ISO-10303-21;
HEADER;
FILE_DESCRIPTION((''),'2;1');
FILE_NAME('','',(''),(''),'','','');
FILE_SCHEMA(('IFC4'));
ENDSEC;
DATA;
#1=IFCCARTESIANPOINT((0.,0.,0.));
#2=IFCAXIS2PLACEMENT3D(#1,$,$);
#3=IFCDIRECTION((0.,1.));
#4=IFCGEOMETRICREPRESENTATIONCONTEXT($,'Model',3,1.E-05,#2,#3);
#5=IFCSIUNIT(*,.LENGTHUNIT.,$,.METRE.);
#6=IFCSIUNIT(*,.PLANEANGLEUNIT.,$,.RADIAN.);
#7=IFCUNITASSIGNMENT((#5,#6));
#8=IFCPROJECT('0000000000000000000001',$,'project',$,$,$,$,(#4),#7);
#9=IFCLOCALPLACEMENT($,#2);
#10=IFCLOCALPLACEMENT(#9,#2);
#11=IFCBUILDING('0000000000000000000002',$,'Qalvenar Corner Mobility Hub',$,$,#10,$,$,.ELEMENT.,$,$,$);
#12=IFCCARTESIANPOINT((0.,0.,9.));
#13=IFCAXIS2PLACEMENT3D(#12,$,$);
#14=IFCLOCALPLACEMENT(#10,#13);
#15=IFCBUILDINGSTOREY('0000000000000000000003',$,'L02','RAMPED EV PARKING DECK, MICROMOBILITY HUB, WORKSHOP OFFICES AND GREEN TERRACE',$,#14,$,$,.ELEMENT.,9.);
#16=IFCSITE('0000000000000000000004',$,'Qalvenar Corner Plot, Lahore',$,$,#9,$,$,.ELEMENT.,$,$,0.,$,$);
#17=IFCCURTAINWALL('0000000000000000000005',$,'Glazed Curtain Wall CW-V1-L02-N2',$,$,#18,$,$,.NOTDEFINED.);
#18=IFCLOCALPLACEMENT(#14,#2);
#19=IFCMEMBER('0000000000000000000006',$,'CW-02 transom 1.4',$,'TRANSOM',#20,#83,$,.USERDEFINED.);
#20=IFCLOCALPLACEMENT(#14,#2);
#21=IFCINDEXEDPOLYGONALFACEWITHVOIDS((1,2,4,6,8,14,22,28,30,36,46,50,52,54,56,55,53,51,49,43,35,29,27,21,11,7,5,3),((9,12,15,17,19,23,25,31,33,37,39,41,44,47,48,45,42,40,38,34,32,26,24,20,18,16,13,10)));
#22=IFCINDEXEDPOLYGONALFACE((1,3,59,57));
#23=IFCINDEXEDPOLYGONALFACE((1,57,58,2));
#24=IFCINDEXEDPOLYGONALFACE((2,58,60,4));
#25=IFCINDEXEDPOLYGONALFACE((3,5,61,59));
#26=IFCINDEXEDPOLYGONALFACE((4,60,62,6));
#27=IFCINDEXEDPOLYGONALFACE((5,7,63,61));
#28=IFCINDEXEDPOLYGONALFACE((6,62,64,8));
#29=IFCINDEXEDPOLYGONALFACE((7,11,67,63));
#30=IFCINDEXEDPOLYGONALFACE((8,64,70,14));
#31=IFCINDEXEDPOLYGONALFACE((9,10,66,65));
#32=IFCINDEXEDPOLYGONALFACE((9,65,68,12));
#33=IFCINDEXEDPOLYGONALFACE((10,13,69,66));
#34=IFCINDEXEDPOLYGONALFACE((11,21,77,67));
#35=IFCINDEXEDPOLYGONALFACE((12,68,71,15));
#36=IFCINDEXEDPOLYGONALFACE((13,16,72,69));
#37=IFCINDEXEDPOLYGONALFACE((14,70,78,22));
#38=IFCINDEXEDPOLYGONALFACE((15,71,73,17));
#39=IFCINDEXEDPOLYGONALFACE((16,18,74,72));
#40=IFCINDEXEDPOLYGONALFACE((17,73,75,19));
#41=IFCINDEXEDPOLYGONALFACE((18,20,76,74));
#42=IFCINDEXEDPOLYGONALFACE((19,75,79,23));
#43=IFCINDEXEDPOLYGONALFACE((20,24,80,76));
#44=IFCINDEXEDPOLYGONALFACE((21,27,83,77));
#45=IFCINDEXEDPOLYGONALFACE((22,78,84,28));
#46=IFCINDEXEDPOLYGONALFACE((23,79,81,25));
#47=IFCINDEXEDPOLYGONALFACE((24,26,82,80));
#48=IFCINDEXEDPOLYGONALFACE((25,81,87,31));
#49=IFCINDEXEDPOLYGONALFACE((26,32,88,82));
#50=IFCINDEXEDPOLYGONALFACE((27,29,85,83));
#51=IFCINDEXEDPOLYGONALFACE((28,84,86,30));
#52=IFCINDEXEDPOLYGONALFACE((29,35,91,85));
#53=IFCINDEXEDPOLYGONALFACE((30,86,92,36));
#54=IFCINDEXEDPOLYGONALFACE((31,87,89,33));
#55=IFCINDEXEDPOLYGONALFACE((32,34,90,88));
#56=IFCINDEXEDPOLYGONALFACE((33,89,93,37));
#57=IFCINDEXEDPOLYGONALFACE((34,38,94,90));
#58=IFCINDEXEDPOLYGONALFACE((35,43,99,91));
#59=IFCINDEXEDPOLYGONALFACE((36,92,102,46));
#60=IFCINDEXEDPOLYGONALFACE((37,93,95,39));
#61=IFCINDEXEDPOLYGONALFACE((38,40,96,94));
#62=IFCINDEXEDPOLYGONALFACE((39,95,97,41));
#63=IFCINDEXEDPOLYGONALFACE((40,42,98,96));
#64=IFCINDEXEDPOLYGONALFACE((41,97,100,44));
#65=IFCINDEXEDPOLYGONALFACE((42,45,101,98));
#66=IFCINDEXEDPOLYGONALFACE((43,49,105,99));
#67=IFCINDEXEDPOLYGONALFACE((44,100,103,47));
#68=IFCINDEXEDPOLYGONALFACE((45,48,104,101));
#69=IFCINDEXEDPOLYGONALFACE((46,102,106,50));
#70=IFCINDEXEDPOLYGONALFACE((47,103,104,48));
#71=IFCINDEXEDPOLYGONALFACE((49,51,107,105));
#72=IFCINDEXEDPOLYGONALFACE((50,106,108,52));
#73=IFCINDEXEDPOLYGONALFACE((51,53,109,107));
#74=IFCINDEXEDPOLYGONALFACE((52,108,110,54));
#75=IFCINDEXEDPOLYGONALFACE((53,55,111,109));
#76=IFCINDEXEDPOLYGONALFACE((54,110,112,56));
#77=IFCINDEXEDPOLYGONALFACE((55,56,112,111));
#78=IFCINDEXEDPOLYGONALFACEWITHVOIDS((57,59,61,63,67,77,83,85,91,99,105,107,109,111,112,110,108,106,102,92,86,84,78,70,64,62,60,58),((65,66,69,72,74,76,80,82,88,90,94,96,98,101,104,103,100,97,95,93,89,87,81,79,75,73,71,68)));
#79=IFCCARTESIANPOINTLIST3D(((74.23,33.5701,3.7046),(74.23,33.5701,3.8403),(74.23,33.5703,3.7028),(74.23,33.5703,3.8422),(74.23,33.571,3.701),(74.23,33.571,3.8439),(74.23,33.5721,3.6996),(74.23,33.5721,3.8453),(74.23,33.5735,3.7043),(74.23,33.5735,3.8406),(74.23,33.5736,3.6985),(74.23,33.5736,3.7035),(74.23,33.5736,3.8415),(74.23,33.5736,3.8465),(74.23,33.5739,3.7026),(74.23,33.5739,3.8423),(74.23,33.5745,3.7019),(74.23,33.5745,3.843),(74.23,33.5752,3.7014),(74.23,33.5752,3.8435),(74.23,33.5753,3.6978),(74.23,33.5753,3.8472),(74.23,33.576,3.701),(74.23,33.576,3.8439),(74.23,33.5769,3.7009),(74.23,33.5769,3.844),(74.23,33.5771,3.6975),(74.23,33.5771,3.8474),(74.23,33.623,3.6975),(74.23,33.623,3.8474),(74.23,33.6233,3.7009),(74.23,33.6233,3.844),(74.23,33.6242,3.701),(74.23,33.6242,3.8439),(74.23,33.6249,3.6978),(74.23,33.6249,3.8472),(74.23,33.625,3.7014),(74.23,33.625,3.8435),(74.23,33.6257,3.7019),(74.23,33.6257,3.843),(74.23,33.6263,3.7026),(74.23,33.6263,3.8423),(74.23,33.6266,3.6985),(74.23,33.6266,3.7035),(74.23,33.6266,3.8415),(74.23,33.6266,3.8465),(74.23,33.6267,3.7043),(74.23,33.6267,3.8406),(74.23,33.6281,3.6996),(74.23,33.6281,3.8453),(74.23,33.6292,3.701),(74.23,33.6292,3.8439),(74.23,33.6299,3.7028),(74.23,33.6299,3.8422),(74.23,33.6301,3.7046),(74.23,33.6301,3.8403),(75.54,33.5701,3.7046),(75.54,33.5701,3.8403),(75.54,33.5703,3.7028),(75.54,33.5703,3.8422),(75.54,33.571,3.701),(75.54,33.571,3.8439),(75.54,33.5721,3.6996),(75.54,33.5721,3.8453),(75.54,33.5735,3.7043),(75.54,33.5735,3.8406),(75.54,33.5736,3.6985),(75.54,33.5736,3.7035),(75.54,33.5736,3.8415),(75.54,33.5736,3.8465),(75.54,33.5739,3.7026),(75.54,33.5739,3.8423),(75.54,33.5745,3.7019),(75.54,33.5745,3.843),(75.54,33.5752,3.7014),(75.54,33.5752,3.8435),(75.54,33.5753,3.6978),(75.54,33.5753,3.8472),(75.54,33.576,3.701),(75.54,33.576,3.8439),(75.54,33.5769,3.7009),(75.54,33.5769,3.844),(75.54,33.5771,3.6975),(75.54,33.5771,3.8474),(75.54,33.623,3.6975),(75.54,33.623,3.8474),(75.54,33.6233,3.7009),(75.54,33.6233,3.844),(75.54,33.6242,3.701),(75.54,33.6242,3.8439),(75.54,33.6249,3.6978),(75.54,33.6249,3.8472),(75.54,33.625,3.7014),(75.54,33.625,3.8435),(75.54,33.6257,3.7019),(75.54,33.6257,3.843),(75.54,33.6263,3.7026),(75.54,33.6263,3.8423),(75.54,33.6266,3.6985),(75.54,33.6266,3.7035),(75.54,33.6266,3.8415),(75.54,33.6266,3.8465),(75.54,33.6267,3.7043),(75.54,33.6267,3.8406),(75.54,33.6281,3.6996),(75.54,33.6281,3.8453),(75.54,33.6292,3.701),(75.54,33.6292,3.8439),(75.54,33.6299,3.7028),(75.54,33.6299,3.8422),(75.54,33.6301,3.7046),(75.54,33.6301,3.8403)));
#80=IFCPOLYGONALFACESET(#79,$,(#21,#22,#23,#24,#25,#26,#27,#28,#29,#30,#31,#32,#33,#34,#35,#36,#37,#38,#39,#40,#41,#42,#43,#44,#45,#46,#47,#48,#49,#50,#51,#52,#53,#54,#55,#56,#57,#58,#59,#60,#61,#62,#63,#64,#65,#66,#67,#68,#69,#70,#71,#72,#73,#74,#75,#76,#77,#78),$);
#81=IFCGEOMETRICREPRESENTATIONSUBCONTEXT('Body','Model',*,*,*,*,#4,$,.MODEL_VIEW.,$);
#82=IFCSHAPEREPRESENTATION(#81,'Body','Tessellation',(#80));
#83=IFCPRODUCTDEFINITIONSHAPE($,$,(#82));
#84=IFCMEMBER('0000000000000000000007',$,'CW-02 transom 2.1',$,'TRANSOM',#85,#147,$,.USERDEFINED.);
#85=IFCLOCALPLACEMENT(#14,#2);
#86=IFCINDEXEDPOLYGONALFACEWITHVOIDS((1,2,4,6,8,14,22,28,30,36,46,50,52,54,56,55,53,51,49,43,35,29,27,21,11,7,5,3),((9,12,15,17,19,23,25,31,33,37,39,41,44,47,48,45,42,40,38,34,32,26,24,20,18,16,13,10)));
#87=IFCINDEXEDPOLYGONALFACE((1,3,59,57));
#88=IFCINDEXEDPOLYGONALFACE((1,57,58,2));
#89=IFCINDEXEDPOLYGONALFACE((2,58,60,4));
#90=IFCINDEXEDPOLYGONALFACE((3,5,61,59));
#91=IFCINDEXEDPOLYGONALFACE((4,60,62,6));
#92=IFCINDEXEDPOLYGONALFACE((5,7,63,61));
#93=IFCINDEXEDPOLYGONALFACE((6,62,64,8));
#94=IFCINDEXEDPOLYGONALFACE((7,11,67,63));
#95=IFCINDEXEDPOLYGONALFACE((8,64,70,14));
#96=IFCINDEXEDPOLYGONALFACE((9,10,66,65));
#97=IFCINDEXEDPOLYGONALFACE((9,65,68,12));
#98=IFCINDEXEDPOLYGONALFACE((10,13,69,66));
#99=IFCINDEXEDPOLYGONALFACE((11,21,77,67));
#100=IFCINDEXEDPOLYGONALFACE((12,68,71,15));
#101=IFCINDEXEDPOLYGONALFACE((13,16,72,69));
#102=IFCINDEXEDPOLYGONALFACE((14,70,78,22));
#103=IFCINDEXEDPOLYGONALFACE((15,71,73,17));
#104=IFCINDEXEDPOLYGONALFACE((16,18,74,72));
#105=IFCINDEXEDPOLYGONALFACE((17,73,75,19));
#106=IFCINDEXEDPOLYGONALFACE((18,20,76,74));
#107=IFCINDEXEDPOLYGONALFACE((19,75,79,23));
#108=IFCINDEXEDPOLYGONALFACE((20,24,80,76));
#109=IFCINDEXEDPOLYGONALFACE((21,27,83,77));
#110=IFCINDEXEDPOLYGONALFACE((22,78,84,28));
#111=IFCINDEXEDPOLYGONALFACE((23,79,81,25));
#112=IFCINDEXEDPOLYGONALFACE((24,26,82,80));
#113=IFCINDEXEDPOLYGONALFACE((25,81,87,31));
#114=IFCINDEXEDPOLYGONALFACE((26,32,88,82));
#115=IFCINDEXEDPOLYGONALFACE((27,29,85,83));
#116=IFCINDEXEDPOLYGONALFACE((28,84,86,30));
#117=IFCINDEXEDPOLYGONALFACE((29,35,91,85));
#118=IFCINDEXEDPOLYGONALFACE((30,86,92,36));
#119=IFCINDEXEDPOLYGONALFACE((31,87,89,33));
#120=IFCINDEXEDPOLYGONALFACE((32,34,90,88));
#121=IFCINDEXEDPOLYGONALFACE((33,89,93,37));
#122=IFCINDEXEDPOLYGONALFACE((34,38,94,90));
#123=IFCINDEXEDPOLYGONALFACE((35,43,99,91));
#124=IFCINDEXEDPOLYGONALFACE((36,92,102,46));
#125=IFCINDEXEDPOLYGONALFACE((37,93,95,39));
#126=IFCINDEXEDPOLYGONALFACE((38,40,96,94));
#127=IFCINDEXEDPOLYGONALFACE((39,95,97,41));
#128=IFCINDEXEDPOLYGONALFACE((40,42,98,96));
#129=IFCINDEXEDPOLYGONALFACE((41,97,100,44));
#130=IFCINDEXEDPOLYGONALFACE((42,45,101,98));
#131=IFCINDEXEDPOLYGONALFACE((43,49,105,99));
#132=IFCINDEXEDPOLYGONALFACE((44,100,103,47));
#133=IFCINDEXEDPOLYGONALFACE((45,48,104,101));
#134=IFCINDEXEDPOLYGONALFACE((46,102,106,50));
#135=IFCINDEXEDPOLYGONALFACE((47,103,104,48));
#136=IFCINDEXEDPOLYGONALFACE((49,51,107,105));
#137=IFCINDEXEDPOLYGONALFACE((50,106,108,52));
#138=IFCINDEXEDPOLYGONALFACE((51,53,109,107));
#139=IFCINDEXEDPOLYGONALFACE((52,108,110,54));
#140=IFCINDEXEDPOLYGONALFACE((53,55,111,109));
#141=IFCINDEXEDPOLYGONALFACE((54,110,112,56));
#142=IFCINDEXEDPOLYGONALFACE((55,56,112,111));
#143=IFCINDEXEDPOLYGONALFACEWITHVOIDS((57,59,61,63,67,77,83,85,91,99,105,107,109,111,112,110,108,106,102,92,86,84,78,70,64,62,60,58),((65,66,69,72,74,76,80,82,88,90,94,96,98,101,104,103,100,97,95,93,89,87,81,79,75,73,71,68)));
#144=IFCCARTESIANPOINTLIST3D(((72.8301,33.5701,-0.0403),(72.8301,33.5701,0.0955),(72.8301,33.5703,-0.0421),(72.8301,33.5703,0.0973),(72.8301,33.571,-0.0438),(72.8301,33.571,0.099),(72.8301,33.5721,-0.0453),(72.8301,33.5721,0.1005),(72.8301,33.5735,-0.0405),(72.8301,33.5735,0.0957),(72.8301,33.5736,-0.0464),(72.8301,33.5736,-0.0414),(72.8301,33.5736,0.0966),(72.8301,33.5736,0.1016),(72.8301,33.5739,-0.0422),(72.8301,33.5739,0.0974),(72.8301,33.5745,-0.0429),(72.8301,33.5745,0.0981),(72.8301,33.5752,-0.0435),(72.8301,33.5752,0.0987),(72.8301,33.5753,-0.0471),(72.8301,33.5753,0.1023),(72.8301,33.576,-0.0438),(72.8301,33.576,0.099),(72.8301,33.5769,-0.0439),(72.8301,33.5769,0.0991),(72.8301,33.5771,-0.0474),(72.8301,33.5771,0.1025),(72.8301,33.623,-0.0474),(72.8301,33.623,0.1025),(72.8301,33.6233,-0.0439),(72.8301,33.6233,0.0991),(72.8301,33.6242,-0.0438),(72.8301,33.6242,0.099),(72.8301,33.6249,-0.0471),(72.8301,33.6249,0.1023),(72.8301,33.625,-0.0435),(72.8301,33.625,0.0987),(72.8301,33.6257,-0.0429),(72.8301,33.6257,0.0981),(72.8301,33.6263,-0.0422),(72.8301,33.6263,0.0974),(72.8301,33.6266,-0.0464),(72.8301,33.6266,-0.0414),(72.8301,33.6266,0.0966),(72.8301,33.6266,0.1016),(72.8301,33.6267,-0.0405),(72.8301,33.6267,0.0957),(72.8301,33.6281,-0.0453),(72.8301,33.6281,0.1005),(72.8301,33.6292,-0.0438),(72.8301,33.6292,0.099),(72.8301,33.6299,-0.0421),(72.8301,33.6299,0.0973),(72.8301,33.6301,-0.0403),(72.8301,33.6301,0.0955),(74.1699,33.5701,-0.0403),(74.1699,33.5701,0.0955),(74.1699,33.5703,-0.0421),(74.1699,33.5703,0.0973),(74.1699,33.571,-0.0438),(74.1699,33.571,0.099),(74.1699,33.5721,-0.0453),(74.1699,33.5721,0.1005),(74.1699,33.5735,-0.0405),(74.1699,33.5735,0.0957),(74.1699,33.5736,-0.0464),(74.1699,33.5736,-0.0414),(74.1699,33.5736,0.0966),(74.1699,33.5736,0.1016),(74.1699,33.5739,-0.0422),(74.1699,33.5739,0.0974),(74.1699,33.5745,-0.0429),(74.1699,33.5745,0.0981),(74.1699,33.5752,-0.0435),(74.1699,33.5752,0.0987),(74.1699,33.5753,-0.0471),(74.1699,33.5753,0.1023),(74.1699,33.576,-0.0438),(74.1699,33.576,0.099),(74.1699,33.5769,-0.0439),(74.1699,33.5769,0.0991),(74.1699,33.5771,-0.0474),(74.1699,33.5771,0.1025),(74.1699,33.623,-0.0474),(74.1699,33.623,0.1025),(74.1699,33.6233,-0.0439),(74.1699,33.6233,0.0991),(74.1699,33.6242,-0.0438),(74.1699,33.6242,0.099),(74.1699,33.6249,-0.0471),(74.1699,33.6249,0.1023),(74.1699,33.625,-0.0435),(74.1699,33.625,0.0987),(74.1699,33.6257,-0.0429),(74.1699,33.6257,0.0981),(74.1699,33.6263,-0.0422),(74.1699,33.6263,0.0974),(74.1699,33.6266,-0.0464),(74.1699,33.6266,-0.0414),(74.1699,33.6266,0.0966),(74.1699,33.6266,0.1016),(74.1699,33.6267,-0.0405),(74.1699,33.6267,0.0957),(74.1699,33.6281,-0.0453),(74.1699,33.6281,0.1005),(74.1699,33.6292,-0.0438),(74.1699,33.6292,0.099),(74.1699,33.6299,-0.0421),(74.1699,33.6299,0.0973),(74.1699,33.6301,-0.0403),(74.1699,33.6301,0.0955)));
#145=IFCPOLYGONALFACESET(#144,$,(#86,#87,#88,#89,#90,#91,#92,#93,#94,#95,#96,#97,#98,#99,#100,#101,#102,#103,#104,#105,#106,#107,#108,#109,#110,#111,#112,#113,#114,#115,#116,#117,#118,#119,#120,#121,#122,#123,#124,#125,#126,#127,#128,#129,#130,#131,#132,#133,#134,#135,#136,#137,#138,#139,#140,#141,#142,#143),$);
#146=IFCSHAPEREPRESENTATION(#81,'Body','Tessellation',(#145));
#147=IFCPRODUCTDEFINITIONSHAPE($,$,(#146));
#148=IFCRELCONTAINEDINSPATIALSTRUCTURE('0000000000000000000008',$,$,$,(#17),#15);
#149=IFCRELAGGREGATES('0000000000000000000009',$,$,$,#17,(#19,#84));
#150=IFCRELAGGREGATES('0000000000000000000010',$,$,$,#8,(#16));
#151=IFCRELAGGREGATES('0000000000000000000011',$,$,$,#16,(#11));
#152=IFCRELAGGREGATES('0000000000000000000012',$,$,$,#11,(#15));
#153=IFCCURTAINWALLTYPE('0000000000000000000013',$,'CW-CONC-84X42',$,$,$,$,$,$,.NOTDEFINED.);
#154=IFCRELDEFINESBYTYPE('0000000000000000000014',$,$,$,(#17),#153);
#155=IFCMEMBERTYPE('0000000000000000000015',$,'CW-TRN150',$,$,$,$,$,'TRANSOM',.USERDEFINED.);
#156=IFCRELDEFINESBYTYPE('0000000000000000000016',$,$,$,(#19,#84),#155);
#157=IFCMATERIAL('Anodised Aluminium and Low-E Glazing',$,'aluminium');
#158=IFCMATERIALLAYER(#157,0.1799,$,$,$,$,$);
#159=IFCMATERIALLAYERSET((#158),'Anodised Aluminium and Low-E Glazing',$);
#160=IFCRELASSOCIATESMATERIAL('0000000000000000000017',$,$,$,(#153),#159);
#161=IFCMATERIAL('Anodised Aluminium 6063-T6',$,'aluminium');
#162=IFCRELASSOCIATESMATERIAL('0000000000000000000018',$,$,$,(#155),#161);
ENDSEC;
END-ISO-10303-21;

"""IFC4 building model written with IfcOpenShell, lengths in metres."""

from ifc_helpers import new_model, si_unit, direction, frame, origin, origin_2d, place, context, subcontext, project, spatial, hollow_rectangle, extrude, material, layer, layer_set, material_profile, profile_set, type_object, element, aggregate, save


model = new_model("IFC4")

# Units and contexts
model_context = context("Model", 3, precision=1e-05, world=origin(), true_north=direction((0.0, 1.0)))
body_context = subcontext(model_context, "Body", "Model", "MODEL_VIEW")
ifc_project = project(units=[si_unit("LENGTHUNIT", "METRE"), si_unit("PLANEANGLEUNIT", "RADIAN")], contexts=[model_context])

# Site, building, storey
site_placement = place(None, origin())
site = spatial("IfcSite", under=ifc_project, at=site_placement, Name="Qalvenar Corner Plot, Lahore", CompositionType="ELEMENT", RefElevation=0.0)
building_placement = place(site_placement, origin())
building = spatial("IfcBuilding", under=site, at=building_placement, Name="Qalvenar Corner Mobility Hub", CompositionType="ELEMENT")
storey_placement = place(building_placement, frame((0.0, 0.0, 9.0)))
storey = spatial("IfcBuildingStorey", under=building, at=storey_placement, Name="L02", Description="RAMPED EV PARKING DECK, MICROMOBILITY HUB, WORKSHOP OFFICES AND GREEN TERRACE", CompositionType="ELEMENT", Elevation=9.0)

# Curtain wall, members
ifc_material_1 = material(Name="Anodised Aluminium and Low-E Glazing", Category="aluminium")
ifc_layer_1 = layer(ifc_material_1, 0.1799)
ifc_layer_set_1 = layer_set([ifc_layer_1], Name="Anodised Aluminium and Low-E Glazing")
curtain_wall_type = type_object("IfcCurtainWallType", Name="CW-CONC-84X42", PredefinedType="NOTDEFINED", material=ifc_layer_set_1)
curtain_wall_placement = place(storey_placement, origin())
curtain_wall = element("IfcCurtainWall", 1, at=curtain_wall_placement, inside=storey, type_object=curtain_wall_type, Name="Glazed Curtain Wall CW-V1-L02-N2", PredefinedType="NOTDEFINED")
ifc_material_2 = material(Name="Anodised Aluminium 6063-T6", Category="aluminium")
ifc_material_profile_1 = material_profile(ifc_material_2, hollow_rectangle(XDim=0.0601, YDim=0.1499, WallThickness=0.0034, InnerFilletRadius=0.0034, OuterFilletRadius=0.0071, at=origin_2d()), Name="RHS150x60x3.5")
ifc_profile_set_1 = profile_set([ifc_material_profile_1], Name="Anodised Aluminium 6063-T6")
member_type_1 = type_object("IfcMemberType", Name="CW-TRN150", ElementType="TRANSOM", PredefinedType="USERDEFINED", material=ifc_profile_set_1)
member_1_placement = place(storey_placement, frame((75.54, 33.6001, 3.7725), z_axis=(-1.0, 0.0, 0.0), x_axis=(0.0, -1.0, 0.0)))
member_1 = element("IfcMember", 2, at=member_1_placement, type_object=member_type_1, Name="CW-02 transom 1.4", ObjectType="TRANSOM", PredefinedType="USERDEFINED", context=body_context, shape_type="SweptSolid", body=[
    extrude(hollow_rectangle(XDim=0.0601, YDim=0.1499, WallThickness=0.0034, InnerFilletRadius=0.0034, OuterFilletRadius=0.0071, at=origin_2d()), origin(), (0.0, 0.0, 1.0), 1.3101),
])
member_2_placement = place(storey_placement, frame((74.1699, 33.6001, 0.0276), z_axis=(-1.0, 0.0, 0.0), x_axis=(0.0, -1.0, 0.0)))
member_2 = element("IfcMember", 3, at=member_2_placement, type_object=member_type_1, Name="CW-02 transom 2.1", ObjectType="TRANSOM", PredefinedType="USERDEFINED", context=body_context, shape_type="SweptSolid", body=[
    extrude(hollow_rectangle(XDim=0.0601, YDim=0.1499, WallThickness=0.0034, InnerFilletRadius=0.0034, OuterFilletRadius=0.0071, at=origin_2d()), origin(), (0.0, 0.0, 1.0), 1.3398),
])

aggregate(curtain_wall, [member_1, member_2])

save(model, "model.ifc")
